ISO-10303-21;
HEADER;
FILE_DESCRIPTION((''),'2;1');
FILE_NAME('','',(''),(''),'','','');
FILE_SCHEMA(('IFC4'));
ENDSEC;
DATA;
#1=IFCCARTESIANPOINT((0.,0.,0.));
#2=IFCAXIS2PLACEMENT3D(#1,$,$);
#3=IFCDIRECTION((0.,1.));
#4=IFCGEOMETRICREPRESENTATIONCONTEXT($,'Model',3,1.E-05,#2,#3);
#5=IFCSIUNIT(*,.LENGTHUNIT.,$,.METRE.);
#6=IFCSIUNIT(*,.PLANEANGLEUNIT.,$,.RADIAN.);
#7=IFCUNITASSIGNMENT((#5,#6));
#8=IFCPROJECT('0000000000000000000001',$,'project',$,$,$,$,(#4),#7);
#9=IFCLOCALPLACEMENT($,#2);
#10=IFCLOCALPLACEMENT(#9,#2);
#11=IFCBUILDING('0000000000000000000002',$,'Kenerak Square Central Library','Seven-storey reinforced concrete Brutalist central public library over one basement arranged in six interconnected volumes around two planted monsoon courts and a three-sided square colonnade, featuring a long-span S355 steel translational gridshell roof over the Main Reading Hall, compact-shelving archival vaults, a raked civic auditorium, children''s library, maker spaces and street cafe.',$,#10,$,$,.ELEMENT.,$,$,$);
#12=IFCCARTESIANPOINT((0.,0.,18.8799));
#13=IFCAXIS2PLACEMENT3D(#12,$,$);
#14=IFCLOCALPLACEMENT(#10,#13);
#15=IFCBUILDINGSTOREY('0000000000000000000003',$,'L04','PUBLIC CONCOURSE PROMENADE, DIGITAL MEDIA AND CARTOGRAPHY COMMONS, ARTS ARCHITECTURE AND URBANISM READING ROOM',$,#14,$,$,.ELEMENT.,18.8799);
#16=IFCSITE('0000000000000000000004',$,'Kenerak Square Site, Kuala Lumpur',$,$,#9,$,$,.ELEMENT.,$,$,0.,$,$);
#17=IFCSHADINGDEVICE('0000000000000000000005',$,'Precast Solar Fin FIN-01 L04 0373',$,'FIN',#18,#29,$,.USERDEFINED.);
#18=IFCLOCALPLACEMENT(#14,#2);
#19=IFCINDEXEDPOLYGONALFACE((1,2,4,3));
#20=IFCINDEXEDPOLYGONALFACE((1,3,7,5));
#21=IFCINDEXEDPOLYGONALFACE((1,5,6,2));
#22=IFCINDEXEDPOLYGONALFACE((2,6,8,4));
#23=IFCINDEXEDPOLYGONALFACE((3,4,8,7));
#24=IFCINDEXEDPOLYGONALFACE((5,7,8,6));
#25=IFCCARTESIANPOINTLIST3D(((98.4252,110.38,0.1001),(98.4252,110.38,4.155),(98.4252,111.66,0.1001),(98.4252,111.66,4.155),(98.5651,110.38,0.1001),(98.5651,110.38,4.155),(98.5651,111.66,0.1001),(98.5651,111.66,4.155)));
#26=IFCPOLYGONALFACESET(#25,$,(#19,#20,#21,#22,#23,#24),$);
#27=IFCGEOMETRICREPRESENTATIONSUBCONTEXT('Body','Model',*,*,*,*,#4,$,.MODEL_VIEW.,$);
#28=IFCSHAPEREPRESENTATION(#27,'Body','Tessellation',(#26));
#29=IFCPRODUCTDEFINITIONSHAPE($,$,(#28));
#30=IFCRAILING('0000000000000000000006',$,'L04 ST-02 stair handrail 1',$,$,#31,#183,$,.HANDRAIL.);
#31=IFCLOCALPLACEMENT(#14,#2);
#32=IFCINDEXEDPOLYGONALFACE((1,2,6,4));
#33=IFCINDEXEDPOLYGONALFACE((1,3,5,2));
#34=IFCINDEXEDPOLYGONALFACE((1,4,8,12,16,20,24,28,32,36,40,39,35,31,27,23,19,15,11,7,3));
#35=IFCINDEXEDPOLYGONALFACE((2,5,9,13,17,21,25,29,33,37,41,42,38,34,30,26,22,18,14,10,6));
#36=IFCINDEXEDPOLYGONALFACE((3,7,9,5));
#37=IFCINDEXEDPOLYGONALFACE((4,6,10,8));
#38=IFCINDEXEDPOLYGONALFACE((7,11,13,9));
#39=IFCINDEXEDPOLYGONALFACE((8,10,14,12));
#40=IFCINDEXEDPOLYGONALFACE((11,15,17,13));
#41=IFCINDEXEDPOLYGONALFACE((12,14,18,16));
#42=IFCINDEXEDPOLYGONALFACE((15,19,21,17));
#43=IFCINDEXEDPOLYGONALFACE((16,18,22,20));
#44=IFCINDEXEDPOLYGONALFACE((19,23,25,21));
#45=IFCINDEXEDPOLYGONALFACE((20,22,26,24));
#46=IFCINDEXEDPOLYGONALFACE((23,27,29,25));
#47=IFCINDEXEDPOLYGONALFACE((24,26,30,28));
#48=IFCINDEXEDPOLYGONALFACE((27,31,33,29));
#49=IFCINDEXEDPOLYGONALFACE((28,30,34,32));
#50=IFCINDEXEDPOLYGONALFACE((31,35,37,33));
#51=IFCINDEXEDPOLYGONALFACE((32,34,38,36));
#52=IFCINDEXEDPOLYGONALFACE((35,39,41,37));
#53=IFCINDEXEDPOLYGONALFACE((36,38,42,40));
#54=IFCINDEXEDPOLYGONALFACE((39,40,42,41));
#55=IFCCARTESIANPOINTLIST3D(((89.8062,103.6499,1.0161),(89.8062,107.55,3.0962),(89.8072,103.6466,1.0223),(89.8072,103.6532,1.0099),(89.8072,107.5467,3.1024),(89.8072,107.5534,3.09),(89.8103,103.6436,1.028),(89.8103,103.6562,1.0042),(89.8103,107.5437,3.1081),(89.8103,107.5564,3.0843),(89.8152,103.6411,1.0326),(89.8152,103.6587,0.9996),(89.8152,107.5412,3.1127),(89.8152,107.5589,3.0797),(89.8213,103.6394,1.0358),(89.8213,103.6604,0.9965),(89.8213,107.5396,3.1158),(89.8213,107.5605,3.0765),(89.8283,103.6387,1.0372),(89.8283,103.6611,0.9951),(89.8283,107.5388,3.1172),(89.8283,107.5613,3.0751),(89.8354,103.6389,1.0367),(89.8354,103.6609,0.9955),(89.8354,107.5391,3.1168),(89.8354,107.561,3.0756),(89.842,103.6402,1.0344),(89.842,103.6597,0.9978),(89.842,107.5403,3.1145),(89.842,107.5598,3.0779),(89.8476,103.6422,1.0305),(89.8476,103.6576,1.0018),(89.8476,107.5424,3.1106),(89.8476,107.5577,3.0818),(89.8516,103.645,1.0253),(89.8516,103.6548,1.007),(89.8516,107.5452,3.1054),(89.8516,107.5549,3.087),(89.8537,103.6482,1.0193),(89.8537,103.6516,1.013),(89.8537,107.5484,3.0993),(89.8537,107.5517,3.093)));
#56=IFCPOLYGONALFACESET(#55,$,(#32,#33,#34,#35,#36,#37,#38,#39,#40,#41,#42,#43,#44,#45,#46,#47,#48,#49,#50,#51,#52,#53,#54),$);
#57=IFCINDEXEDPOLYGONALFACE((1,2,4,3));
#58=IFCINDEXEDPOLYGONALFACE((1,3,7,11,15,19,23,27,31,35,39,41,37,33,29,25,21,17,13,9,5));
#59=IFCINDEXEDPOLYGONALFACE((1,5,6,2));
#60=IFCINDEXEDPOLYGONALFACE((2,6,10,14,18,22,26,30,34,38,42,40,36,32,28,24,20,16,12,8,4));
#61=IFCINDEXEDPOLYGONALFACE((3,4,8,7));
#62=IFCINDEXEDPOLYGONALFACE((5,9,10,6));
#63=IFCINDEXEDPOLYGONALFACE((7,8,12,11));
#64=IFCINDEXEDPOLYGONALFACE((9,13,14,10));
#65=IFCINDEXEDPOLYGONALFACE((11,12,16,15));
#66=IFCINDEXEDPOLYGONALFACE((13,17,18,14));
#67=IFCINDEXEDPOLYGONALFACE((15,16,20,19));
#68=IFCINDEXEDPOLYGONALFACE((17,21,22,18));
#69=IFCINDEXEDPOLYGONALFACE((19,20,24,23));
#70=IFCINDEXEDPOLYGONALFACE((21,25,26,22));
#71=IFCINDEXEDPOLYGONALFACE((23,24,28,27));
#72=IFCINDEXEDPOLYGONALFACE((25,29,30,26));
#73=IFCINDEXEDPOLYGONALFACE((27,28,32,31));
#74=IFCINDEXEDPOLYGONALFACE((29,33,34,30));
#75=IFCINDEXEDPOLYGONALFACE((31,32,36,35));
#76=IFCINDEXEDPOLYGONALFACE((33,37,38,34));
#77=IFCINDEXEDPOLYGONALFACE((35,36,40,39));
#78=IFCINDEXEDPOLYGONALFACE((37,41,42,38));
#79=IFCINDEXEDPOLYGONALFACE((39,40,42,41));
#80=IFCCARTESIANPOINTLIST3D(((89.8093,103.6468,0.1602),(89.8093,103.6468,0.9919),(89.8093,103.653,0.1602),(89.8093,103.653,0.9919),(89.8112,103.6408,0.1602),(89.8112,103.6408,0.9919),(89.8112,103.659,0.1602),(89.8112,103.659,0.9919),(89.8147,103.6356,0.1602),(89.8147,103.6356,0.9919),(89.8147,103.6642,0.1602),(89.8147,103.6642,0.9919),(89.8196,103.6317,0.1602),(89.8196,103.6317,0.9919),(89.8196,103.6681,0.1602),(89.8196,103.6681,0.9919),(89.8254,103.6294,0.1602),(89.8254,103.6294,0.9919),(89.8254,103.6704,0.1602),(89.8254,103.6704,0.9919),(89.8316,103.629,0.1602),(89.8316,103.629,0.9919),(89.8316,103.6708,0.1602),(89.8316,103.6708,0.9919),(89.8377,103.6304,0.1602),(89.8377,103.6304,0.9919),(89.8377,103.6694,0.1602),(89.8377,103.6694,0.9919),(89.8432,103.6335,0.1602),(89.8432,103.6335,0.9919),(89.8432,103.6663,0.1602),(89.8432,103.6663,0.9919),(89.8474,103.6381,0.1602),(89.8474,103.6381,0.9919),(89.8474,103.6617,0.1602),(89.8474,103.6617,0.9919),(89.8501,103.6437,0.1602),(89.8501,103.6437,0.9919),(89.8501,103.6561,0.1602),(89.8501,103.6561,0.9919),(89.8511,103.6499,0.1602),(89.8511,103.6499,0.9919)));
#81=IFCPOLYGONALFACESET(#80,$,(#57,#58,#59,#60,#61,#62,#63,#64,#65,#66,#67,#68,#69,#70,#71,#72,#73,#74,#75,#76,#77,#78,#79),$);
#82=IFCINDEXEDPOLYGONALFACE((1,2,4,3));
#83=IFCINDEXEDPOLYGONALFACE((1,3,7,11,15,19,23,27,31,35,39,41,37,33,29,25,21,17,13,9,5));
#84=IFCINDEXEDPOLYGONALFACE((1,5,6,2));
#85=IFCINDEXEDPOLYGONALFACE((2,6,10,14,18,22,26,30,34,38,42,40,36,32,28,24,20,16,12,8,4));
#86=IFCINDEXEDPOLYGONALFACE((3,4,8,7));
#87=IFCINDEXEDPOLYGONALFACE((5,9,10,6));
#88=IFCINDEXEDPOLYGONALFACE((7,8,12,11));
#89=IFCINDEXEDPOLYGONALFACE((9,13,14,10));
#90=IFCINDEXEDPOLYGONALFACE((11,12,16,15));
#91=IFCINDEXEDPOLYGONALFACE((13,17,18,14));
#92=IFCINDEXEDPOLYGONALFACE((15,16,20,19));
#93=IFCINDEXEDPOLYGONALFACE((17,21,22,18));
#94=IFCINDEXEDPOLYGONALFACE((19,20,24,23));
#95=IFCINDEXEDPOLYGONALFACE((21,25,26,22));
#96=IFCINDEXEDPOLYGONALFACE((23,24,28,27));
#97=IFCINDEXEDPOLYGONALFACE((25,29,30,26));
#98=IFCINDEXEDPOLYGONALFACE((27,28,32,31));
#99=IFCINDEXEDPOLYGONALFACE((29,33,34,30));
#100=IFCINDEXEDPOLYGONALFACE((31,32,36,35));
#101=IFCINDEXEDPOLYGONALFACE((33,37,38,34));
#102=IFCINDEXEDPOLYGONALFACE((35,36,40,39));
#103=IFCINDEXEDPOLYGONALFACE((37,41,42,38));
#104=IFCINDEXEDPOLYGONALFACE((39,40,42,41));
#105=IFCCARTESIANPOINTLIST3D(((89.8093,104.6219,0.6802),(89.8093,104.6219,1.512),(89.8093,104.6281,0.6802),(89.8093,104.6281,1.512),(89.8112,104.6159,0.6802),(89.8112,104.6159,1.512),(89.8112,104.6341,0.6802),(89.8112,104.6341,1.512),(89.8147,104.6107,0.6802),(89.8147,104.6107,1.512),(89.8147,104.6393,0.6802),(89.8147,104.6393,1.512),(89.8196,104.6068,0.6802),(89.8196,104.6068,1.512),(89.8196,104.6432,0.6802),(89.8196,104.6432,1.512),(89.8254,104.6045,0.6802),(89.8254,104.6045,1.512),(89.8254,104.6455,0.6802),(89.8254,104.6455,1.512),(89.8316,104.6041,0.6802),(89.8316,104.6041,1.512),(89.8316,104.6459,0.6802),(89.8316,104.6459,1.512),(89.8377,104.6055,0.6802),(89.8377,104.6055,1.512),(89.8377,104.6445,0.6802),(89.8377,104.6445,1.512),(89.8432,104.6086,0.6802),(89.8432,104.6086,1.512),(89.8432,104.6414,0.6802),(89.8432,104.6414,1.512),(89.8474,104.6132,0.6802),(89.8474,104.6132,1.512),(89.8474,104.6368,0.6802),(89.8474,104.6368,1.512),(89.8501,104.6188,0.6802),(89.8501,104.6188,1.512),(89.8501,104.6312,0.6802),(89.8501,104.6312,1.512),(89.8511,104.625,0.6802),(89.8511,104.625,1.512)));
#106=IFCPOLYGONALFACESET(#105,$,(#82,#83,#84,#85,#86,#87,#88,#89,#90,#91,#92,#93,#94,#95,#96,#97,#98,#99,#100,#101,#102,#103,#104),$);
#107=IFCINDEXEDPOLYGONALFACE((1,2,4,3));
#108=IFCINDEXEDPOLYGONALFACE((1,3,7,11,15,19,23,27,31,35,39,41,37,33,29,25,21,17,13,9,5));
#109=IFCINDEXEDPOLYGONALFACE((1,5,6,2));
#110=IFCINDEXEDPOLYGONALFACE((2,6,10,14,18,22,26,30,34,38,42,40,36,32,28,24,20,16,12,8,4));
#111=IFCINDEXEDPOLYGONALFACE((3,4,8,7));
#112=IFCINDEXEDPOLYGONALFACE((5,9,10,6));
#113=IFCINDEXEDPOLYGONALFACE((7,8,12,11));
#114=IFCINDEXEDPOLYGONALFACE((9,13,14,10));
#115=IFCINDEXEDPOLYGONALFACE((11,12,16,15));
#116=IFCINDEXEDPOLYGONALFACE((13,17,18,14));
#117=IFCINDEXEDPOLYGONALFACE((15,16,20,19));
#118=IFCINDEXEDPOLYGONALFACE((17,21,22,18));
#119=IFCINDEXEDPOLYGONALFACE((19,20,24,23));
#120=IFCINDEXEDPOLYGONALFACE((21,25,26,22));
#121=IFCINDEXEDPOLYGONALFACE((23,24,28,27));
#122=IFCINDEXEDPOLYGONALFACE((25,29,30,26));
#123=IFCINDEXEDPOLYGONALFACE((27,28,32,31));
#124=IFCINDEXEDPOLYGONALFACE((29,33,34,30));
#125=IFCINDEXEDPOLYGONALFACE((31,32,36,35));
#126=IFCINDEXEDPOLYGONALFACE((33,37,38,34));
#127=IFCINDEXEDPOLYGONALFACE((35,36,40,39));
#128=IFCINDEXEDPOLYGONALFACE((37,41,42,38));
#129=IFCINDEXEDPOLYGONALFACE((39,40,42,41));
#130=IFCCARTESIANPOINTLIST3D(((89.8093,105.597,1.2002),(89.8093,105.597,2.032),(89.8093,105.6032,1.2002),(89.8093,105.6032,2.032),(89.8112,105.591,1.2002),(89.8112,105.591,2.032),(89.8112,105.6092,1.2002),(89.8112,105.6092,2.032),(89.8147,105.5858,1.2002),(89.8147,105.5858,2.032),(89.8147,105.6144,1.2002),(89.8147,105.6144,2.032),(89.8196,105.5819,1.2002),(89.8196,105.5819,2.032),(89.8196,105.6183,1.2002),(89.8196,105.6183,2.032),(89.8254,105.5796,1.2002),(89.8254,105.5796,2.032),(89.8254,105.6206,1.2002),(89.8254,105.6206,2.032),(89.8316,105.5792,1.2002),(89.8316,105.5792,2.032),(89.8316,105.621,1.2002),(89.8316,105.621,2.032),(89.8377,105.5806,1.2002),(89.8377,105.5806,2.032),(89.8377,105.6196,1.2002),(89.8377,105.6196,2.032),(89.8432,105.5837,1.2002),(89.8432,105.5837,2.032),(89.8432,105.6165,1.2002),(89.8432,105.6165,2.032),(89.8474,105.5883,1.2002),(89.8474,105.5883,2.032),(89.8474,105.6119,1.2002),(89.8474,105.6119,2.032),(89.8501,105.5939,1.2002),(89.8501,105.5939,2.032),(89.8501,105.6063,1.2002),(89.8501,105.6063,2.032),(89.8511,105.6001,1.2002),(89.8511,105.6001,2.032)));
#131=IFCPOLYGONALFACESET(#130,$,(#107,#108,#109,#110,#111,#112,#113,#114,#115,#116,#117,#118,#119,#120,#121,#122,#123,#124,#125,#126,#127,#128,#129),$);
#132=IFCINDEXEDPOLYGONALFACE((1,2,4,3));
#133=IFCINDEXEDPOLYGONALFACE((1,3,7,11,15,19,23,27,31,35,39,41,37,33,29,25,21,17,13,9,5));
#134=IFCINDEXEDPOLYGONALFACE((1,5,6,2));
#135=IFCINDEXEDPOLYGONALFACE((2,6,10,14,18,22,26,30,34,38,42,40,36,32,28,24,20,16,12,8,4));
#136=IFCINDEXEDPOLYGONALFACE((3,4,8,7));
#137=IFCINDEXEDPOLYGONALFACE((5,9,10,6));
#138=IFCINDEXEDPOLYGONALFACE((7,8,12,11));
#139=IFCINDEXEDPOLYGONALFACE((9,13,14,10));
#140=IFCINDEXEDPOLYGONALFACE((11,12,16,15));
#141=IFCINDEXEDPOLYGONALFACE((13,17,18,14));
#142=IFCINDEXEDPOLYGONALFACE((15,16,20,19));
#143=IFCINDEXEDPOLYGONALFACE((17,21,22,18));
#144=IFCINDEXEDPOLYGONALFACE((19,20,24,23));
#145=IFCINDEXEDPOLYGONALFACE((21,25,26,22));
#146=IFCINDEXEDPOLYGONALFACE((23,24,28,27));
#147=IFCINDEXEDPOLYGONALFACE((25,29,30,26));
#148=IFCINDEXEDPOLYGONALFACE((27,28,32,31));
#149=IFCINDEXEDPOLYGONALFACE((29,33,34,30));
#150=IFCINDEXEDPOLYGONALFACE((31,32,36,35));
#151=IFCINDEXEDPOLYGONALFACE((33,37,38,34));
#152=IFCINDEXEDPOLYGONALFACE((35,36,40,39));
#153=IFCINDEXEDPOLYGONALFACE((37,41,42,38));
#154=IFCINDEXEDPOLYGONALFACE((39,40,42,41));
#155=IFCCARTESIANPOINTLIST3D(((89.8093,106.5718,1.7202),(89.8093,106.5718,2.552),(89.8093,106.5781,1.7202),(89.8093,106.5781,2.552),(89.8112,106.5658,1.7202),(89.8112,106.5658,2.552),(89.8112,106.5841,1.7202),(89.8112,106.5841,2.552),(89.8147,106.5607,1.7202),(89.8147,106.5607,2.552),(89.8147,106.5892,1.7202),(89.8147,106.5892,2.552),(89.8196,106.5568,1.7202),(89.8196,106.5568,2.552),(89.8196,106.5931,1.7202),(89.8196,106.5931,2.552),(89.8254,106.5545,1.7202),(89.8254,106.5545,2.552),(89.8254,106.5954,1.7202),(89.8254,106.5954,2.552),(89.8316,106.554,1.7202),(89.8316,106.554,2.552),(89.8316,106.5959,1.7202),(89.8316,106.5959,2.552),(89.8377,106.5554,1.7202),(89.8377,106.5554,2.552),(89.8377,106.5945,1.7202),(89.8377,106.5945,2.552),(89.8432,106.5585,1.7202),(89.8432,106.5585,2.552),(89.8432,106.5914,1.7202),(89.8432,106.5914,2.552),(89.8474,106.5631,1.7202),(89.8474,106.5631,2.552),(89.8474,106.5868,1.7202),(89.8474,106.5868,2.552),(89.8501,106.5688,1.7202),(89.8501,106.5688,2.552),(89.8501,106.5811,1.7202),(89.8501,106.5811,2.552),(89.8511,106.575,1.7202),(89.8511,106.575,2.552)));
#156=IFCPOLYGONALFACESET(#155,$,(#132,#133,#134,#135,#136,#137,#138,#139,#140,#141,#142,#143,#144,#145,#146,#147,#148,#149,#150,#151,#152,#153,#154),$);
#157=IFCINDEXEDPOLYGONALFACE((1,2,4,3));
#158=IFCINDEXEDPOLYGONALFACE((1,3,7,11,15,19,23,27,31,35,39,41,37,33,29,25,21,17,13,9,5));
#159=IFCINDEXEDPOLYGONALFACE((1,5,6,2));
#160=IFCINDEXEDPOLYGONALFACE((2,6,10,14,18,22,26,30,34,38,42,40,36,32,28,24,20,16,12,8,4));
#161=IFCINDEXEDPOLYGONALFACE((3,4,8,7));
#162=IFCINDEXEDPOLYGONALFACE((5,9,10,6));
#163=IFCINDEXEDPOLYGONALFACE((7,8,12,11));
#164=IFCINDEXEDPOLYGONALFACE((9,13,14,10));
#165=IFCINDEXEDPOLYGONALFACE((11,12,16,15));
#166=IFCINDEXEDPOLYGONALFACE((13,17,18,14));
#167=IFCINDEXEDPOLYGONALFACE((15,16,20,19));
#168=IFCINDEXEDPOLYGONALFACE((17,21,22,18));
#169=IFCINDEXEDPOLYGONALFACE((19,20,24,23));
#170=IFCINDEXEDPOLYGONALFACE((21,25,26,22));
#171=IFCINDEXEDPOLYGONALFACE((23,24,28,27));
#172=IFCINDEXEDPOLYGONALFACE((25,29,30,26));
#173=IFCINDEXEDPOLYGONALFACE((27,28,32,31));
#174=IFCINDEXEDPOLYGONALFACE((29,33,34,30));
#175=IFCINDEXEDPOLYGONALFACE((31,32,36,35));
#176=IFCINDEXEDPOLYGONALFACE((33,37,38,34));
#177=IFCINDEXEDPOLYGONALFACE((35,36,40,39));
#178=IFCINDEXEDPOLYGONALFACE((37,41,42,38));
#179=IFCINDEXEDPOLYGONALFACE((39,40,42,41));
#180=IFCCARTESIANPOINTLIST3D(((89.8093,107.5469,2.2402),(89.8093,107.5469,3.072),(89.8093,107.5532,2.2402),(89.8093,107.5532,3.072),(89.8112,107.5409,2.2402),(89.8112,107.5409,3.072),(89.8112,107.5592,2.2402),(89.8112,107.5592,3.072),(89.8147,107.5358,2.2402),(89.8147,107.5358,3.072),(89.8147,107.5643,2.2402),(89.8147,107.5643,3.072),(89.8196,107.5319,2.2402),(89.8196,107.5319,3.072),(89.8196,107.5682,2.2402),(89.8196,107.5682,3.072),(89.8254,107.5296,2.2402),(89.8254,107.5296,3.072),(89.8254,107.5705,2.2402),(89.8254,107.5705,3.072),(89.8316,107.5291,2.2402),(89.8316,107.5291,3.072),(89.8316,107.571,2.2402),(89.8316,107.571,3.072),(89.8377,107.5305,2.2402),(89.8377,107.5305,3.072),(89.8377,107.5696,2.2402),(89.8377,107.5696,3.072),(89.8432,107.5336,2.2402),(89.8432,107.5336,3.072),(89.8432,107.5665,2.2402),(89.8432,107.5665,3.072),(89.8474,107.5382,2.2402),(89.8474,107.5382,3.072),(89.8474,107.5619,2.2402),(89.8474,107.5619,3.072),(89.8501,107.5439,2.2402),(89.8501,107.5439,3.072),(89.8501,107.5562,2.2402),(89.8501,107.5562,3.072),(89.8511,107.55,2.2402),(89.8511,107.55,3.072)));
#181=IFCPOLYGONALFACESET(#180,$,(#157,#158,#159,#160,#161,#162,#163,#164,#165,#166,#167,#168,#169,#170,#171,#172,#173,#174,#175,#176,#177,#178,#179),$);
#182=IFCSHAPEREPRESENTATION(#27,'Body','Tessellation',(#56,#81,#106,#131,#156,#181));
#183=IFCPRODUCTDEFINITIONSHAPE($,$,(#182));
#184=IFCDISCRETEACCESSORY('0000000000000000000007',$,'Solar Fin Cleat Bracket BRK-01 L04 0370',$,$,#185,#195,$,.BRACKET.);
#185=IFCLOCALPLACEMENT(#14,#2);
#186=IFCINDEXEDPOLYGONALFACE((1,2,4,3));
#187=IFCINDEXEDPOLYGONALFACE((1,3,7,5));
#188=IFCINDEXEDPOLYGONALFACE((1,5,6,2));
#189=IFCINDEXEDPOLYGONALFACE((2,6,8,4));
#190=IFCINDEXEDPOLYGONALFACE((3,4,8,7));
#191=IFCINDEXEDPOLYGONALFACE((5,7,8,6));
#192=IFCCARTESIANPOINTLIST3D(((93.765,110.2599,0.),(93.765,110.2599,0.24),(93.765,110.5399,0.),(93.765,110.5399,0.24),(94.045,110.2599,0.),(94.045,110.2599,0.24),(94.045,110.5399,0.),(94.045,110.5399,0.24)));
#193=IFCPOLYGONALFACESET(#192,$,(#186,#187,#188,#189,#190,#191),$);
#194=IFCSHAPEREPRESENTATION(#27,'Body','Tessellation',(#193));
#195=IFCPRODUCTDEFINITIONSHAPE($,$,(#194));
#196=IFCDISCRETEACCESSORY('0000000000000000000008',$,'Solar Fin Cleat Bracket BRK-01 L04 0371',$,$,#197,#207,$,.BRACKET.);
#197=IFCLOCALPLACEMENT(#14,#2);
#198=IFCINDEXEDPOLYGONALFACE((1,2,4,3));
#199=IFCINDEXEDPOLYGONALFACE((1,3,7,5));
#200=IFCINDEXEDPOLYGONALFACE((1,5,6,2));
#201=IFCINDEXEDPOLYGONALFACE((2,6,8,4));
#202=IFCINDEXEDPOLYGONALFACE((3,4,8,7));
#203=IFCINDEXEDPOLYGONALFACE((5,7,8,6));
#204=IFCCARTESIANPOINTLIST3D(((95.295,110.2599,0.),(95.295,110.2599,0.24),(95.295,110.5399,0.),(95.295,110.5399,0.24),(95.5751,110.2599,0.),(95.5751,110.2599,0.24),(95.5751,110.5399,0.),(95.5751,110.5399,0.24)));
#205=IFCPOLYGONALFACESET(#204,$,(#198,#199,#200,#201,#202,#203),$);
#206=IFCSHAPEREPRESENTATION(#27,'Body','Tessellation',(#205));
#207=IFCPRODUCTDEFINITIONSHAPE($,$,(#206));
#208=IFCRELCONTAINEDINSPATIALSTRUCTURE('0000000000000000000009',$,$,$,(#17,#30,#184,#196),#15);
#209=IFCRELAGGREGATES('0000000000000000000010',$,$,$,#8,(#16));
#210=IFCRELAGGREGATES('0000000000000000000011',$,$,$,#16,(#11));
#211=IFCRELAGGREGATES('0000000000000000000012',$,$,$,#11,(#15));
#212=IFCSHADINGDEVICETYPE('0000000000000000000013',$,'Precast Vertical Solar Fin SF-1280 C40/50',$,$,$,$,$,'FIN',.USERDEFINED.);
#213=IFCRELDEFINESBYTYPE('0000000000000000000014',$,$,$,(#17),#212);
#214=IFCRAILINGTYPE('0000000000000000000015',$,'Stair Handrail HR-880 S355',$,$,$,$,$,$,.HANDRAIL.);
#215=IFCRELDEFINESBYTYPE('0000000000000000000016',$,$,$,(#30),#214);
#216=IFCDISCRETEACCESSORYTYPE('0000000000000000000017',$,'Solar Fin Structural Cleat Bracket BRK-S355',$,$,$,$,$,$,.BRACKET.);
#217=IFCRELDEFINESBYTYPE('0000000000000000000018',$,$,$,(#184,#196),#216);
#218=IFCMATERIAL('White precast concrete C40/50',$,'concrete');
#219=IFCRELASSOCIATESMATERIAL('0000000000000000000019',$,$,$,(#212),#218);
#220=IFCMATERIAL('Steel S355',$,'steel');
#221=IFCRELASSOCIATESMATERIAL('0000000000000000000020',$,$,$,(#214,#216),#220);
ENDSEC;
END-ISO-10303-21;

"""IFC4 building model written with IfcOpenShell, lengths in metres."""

from ifc_helpers import new_model, si_unit, direction, frame, origin, origin_2d, place, context, subcontext, project, spatial, rectangle, circle, extrude, material, type_object, element, save


model = new_model("IFC4")

# Units and contexts
model_context = context("Model", 3, precision=1e-05, world=origin(), true_north=direction((0.0, 1.0)))
body_context = subcontext(model_context, "Body", "Model", "MODEL_VIEW")
ifc_project = project(units=[si_unit("LENGTHUNIT", "METRE"), si_unit("PLANEANGLEUNIT", "RADIAN")], contexts=[model_context])

# Site, building, storey
site_placement = place(None, origin())
site = spatial("IfcSite", under=ifc_project, at=site_placement, Name="Kenerak Square Site, Kuala Lumpur", CompositionType="ELEMENT", RefElevation=0.0)
building_placement = place(site_placement, origin())
building = spatial("IfcBuilding", under=site, at=building_placement, Name="Kenerak Square Central Library", Description="Seven-storey reinforced concrete Brutalist central public library over one basement arranged in six interconnected volumes around two planted monsoon courts and a three-sided square colonnade, featuring a long-span S355 steel translational gridshell roof over the Main Reading Hall, compact-shelving archival vaults, a raked civic auditorium, children's library, maker spaces and street cafe.", CompositionType="ELEMENT")
storey_placement = place(building_placement, frame((0.0, 0.0, 18.8799)))
storey = spatial("IfcBuildingStorey", under=building, at=storey_placement, Name="L04", Description="PUBLIC CONCOURSE PROMENADE, DIGITAL MEDIA AND CARTOGRAPHY COMMONS, ARTS ARCHITECTURE AND URBANISM READING ROOM", CompositionType="ELEMENT", Elevation=18.8799)

# Shading device
ifc_material_1 = material(Name="White precast concrete C40/50", Category="concrete")
shading_device_type = type_object("IfcShadingDeviceType", Name="Precast Vertical Solar Fin SF-1280 C40/50", ElementType="FIN", PredefinedType="USERDEFINED", material=ifc_material_1)
for number, where, z_axis, x_axis, name in (
    (1, (98.4951, 111.02, 0.1001), (0.0, 0.0, 1.0), (1.0, 0.0, 0.0), "Precast Solar Fin FIN-01 L04 0373"),
):
    element("IfcShadingDevice", number, at=place(storey_placement, frame(where, z_axis=z_axis, x_axis=x_axis)), inside=storey, type_object=shading_device_type, Name=name, ObjectType="FIN", PredefinedType="USERDEFINED", context=body_context, shape_type="SweptSolid", body=[
        extrude(rectangle(XDim=0.1399, YDim=1.28, at=origin_2d()), origin(), (0.0, 0.0, 1.0), 4.0549),
    ])

# Railing
ifc_material_2 = material(Name="Steel S355", Category="steel")
railing_type = type_object("IfcRailingType", Name="Stair Handrail HR-880 S355", PredefinedType="HANDRAIL", material=ifc_material_2)
railing_placement = place(storey_placement, frame((89.8301, 103.6499, 0.1602)))
element("IfcRailing", 2, at=railing_placement, inside=storey, type_object=railing_type, Name="L04 ST-02 stair handrail 1", PredefinedType="HANDRAIL", context=body_context, shape_type="SweptSolid", body=[
    extrude(circle(Radius=0.0239, at=origin_2d()), frame((0.0, 0.0, 0.856), z_axis=(0.0, 0.882353, 0.470588), x_axis=(-1.0, 0.0, 0.0)), (0.0, 0.0, 1.0), 4.4202),
    extrude(circle(Radius=0.021, at=origin_2d()), origin(), (0.0, 0.0, 1.0), 0.8318),
    extrude(circle(Radius=0.021, at=origin_2d()), frame((0.0, 0.9751, 0.52)), (0.0, 0.0, 1.0), 0.8318),
    extrude(circle(Radius=0.021, at=origin_2d()), frame((0.0, 1.9502, 1.04)), (0.0, 0.0, 1.0), 0.8318),
    extrude(circle(Radius=0.021, at=origin_2d()), frame((0.0, 2.925, 1.5601)), (0.0, 0.0, 1.0), 0.8318),
    extrude(circle(Radius=0.021, at=origin_2d()), frame((0.0, 3.9001, 2.0801)), (0.0, 0.0, 1.0), 0.8318),
])

# Discrete accessories
discrete_accessory_type = type_object("IfcDiscreteAccessoryType", Name="Solar Fin Structural Cleat Bracket BRK-S355", PredefinedType="BRACKET", material=ifc_material_2)
for number, where, z_axis, x_axis, name in (
    (3, (93.905, 110.3999, 0.0), (0.0, 0.0, 1.0), (1.0, 0.0, 0.0), "Solar Fin Cleat Bracket BRK-01 L04 0370"),
    (4, (95.4351, 110.3999, 0.0), (0.0, 0.0, 1.0), (1.0, 0.0, 0.0), "Solar Fin Cleat Bracket BRK-01 L04 0371"),
):
    element("IfcDiscreteAccessory", number, at=place(storey_placement, frame(where, z_axis=z_axis, x_axis=x_axis)), inside=storey, type_object=discrete_accessory_type, Name=name, PredefinedType="BRACKET", context=body_context, shape_type="SweptSolid", body=[
        extrude(rectangle(XDim=0.28, YDim=0.28, at=origin_2d()), origin(), (0.0, 0.0, 1.0), 0.24),
    ])

save(model, "model.ifc")
